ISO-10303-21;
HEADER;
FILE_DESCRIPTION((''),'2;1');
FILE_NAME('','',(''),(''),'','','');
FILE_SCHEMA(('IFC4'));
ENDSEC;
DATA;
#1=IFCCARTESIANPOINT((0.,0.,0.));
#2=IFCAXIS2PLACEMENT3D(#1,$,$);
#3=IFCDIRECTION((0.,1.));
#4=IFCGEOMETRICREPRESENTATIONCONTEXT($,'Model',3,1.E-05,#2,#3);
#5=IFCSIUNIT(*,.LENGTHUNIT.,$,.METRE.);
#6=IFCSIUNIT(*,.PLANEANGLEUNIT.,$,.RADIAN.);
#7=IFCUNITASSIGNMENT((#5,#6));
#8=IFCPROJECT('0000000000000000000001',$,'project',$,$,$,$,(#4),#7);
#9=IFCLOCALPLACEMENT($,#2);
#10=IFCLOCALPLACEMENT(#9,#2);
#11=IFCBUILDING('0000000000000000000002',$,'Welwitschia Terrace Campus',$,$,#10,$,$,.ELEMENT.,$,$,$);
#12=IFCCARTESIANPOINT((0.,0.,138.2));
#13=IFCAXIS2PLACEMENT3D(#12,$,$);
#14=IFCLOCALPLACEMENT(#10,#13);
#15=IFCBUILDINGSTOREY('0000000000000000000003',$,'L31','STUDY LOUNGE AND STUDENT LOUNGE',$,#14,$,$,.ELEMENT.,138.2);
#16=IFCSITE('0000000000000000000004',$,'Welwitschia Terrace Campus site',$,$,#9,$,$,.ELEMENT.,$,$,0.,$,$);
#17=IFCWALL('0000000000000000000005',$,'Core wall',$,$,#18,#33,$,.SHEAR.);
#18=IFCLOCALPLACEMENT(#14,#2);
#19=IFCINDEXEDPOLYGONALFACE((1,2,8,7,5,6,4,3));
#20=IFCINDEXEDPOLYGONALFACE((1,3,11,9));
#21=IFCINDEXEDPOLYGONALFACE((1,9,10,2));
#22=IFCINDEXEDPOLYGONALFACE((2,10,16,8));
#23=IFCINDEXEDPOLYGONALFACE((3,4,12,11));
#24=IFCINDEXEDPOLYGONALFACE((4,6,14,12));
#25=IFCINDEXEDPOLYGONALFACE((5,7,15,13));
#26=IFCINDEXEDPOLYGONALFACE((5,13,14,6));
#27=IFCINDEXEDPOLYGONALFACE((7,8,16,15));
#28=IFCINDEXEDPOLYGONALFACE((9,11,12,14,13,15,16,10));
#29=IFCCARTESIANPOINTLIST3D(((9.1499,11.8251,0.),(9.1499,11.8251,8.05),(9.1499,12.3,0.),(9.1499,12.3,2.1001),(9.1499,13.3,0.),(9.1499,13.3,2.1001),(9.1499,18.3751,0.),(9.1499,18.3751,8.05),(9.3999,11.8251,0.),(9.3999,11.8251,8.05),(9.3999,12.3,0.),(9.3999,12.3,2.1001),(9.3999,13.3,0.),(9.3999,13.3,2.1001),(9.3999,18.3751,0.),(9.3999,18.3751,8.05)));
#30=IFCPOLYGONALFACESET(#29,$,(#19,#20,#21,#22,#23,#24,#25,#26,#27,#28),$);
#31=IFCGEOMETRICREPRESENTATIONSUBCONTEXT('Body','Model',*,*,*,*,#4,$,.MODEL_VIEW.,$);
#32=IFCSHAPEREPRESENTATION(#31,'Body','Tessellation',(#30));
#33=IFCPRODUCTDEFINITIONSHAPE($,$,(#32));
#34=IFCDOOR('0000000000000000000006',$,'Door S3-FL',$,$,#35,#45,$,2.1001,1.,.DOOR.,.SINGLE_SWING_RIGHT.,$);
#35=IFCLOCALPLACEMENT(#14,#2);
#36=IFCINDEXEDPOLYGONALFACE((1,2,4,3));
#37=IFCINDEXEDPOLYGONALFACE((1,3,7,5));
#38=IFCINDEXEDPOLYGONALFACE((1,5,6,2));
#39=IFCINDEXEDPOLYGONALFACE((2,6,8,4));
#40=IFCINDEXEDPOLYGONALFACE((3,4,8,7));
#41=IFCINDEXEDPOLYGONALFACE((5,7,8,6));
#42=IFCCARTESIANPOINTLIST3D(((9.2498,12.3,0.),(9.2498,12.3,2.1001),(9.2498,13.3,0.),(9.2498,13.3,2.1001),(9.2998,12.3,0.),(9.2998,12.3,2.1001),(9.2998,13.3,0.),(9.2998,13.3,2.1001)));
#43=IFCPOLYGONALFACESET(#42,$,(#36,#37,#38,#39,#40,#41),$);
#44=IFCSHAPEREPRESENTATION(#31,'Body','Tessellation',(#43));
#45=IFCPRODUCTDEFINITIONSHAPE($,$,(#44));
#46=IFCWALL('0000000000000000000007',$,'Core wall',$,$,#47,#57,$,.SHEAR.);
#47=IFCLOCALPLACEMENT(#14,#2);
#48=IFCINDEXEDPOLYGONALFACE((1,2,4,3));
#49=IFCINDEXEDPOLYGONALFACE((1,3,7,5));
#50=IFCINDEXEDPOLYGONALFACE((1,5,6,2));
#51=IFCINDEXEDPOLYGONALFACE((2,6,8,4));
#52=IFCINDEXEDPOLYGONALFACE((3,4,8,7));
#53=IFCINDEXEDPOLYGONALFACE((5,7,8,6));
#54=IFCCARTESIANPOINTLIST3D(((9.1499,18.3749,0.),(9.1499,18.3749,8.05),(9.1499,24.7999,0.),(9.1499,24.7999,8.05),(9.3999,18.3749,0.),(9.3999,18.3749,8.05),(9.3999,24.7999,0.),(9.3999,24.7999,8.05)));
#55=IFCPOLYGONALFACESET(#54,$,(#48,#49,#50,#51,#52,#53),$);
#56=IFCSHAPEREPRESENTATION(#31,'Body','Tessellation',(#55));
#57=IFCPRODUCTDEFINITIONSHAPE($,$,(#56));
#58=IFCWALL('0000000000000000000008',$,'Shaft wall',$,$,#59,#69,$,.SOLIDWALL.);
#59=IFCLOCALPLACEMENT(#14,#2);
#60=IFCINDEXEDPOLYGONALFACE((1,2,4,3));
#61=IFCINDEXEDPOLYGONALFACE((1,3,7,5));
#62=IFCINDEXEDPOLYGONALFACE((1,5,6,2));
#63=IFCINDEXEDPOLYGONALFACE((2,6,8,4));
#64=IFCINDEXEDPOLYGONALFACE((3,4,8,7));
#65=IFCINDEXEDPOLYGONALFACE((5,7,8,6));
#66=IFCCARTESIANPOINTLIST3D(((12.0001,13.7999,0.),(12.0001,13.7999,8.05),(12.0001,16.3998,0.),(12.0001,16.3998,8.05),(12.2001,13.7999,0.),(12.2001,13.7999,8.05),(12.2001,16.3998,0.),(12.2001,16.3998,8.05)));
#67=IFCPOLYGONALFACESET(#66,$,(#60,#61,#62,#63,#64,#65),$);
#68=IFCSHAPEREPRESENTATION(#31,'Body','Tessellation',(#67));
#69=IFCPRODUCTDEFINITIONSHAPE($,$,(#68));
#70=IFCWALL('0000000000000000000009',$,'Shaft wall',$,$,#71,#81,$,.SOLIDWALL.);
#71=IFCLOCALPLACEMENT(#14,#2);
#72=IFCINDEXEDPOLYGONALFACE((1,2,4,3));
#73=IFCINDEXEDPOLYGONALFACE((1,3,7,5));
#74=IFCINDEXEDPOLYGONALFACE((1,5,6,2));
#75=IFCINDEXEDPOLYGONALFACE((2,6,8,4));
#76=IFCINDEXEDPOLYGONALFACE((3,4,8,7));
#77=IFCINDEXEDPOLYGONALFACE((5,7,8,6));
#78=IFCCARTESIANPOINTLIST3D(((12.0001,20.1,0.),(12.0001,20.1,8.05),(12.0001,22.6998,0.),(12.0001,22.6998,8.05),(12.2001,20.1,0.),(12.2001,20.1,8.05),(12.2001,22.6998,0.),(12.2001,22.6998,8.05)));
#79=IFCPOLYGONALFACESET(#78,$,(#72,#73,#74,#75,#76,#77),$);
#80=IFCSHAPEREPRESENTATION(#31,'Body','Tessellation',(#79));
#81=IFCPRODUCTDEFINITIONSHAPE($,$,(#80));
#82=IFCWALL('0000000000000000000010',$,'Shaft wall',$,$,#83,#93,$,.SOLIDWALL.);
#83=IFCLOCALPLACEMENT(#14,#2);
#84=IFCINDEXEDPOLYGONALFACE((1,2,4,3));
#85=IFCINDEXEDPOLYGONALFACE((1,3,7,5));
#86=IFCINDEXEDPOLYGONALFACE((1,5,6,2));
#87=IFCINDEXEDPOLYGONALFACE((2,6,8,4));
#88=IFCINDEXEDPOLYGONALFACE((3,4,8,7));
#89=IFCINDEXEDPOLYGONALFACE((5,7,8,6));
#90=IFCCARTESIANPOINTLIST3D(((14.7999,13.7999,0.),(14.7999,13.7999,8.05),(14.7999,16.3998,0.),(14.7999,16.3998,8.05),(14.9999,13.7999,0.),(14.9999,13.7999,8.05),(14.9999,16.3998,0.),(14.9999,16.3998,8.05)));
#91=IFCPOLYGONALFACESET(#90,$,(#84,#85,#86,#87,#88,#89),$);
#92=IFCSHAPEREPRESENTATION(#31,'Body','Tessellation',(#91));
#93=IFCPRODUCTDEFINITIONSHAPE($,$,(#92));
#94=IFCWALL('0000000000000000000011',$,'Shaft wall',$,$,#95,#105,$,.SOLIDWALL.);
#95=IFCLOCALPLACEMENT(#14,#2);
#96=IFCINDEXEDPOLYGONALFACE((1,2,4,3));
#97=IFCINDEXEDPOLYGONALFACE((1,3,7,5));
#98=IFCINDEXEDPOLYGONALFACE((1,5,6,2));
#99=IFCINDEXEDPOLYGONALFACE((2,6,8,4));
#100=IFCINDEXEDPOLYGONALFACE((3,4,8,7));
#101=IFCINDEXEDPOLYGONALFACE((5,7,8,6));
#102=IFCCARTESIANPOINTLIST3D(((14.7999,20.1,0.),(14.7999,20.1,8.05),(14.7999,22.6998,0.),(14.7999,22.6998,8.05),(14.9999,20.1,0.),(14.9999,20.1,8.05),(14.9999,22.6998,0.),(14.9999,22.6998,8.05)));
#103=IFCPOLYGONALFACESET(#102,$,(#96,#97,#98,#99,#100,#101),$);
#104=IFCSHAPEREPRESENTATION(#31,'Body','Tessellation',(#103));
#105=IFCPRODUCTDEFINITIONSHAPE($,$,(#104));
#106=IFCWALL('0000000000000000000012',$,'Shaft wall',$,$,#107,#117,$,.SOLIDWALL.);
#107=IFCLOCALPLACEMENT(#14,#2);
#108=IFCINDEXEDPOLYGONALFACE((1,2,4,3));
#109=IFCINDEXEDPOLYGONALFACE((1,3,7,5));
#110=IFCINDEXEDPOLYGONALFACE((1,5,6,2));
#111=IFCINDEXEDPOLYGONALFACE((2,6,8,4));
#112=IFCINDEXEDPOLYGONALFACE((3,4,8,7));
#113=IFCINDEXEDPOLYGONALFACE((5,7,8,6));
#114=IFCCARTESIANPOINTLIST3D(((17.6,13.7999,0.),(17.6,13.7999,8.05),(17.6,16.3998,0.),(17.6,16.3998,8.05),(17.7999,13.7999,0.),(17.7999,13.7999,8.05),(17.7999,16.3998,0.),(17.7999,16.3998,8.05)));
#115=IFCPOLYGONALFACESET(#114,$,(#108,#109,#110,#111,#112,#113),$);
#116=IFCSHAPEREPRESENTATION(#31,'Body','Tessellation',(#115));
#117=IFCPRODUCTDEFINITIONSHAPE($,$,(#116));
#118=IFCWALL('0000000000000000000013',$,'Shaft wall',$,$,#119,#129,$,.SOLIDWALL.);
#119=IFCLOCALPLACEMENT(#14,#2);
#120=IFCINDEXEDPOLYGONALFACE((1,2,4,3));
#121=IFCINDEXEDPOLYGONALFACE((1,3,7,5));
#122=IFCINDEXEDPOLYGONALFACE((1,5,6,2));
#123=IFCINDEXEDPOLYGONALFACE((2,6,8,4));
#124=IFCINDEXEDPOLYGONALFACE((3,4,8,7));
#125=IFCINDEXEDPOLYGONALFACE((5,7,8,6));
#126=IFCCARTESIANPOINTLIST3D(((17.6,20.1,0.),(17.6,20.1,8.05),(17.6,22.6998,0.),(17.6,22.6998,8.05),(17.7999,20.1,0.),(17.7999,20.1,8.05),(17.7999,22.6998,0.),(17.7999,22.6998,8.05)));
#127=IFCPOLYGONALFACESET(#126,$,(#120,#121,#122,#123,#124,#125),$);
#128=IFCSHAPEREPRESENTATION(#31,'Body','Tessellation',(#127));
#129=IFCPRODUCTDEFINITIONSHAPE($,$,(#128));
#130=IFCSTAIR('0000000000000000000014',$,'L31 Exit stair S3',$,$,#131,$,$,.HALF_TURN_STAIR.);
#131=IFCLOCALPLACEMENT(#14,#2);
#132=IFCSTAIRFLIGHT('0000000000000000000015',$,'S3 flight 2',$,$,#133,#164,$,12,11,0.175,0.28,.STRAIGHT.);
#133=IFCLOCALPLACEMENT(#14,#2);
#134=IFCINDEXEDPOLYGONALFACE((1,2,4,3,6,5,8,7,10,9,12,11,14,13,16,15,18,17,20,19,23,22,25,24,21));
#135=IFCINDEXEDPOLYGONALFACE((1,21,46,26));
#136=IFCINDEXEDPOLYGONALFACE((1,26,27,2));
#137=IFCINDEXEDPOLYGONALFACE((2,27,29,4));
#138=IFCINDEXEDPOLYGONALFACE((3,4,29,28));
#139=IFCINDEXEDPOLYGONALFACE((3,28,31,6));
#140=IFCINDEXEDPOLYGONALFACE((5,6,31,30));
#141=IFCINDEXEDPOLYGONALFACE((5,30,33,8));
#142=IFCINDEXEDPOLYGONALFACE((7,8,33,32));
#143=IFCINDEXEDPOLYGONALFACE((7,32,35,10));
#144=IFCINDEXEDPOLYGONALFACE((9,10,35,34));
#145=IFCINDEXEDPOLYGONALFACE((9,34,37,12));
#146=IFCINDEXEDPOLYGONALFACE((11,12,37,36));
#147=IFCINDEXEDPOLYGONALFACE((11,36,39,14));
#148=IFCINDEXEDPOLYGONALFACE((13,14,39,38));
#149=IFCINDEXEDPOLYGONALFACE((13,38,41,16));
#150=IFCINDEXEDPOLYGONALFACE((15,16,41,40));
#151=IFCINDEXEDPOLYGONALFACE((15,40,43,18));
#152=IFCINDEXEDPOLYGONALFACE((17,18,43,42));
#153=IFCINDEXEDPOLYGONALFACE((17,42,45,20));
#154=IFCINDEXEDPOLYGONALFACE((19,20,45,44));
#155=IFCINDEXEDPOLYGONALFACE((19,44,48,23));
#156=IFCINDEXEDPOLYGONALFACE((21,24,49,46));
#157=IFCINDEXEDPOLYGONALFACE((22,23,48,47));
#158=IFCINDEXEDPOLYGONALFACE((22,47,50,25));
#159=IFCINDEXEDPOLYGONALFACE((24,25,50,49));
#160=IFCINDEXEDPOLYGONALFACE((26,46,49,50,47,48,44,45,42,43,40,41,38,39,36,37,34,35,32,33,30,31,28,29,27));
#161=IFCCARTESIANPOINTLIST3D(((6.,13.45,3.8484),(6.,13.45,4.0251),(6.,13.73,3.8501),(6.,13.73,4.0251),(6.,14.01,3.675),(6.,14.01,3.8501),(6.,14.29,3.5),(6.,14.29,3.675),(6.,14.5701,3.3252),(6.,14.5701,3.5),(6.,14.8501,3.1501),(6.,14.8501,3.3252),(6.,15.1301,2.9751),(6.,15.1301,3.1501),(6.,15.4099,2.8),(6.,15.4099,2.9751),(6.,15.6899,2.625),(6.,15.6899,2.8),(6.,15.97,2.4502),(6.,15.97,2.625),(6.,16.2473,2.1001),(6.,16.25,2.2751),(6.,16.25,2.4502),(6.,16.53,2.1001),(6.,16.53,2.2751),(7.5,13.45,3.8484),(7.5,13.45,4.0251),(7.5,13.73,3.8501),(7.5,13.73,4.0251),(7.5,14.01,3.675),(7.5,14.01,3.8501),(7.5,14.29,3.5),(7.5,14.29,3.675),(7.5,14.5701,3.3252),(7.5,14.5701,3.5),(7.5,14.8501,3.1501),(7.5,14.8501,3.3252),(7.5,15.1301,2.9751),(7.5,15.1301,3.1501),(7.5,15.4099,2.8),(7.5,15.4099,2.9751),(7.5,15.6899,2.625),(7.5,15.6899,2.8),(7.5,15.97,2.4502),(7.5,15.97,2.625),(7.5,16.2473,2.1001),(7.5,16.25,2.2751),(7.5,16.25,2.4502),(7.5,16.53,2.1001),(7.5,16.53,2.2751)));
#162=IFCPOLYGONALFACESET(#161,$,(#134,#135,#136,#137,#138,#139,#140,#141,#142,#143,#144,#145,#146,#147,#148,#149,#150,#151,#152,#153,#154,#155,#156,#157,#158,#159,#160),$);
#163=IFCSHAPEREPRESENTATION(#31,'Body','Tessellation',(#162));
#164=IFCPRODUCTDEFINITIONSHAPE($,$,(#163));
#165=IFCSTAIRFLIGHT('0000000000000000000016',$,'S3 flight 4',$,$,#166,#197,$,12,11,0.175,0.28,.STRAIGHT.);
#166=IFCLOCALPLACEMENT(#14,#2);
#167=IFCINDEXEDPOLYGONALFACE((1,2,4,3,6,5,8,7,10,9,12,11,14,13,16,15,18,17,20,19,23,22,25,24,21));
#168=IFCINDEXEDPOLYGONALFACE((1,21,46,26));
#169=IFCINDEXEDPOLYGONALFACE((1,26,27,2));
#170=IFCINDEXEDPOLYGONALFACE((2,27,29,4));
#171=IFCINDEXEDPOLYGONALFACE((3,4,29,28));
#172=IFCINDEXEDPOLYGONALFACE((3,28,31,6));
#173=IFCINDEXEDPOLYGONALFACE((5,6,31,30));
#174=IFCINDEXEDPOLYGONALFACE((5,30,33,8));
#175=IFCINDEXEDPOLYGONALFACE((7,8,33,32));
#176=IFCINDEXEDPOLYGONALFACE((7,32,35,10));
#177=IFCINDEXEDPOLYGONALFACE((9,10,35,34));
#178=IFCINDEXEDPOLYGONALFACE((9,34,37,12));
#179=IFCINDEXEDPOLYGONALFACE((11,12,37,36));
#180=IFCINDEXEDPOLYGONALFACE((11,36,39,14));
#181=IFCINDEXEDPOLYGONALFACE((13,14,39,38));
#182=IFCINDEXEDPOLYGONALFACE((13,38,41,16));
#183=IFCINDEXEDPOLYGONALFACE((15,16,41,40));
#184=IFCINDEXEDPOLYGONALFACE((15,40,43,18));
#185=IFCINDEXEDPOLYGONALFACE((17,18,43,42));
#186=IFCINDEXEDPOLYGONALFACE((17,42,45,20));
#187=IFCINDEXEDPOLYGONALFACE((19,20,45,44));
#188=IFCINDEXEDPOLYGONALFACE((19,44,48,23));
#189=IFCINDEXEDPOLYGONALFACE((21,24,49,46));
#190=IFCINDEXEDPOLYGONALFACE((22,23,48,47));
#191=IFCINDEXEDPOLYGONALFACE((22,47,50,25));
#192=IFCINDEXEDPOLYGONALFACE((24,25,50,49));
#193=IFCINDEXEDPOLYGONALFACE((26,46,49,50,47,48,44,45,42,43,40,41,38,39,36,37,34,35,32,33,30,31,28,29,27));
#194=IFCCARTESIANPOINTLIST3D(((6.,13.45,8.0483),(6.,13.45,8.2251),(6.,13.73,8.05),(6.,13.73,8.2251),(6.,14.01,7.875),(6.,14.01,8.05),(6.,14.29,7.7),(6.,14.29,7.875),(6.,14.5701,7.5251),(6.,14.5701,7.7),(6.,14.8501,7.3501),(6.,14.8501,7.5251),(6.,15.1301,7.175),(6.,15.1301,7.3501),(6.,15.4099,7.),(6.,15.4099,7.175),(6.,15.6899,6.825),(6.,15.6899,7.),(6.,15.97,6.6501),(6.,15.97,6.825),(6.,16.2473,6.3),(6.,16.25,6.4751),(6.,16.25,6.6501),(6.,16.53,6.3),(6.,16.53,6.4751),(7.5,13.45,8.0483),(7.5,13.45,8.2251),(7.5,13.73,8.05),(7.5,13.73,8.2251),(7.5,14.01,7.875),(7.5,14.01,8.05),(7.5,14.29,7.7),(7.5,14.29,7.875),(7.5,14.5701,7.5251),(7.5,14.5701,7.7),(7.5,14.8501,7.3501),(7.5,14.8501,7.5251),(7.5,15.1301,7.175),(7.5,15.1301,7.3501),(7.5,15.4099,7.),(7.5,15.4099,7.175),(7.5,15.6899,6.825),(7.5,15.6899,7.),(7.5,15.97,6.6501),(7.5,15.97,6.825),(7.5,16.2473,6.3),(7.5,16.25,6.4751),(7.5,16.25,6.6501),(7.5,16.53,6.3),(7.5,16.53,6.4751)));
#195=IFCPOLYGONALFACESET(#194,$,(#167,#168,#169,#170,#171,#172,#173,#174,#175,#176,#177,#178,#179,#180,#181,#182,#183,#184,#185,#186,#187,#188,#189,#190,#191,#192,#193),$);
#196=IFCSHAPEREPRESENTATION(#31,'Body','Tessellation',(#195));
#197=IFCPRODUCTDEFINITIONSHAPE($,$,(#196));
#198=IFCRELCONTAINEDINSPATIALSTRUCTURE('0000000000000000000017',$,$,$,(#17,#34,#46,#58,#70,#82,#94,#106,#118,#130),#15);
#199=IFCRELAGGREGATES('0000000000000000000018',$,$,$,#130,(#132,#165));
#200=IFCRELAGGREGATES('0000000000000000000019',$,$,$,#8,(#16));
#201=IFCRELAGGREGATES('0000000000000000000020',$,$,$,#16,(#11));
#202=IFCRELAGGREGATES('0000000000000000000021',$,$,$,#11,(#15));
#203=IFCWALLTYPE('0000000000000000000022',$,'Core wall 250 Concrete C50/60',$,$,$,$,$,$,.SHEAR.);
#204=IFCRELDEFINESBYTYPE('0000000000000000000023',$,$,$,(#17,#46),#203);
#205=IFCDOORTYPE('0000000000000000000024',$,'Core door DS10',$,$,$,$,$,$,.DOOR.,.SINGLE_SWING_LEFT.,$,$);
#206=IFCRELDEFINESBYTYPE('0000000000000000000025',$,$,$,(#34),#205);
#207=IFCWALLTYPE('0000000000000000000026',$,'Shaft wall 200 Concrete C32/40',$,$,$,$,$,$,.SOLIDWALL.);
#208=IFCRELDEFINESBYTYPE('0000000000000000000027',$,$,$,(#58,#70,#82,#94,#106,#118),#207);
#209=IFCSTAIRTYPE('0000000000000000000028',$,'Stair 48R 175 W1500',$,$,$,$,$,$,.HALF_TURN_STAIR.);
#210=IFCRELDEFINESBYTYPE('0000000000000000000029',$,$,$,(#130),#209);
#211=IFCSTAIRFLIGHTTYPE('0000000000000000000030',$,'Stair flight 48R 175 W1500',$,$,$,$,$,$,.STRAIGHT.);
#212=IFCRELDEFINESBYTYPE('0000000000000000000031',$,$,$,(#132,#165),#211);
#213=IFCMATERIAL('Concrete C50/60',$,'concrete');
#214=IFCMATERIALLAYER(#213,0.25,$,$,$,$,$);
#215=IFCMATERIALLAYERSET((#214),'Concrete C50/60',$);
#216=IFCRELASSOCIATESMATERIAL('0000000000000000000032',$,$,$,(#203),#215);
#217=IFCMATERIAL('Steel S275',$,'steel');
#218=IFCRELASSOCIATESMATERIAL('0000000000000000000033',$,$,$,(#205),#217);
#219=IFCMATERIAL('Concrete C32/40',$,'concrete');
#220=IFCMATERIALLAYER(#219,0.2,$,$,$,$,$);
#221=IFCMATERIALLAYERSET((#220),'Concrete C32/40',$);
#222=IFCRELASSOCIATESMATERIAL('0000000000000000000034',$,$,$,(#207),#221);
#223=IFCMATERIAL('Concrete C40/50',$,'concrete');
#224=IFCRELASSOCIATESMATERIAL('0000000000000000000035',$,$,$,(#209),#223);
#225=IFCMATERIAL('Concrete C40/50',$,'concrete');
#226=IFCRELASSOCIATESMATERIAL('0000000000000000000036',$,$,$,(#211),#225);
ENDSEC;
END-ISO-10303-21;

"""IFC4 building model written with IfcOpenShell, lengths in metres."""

from ifc_helpers import new_model, si_unit, direction, frame, frame_2d, origin, place, context, subcontext, project, spatial, polyline, rectangle, outline, extrude, material, layer, layer_set, type_object, element, fill, aggregate, save


model = new_model("IFC4")

# Units and contexts
model_context = context("Model", 3, precision=1e-05, world=origin(), true_north=direction((0.0, 1.0)))
body_context = subcontext(model_context, "Body", "Model", "MODEL_VIEW")
ifc_project = project(units=[si_unit("LENGTHUNIT", "METRE"), si_unit("PLANEANGLEUNIT", "RADIAN")], contexts=[model_context])

# Site, building, storey
site_placement = place(None, origin())
site = spatial("IfcSite", under=ifc_project, at=site_placement, Name="Welwitschia Terrace Campus site", CompositionType="ELEMENT", RefElevation=0.0)
building_placement = place(site_placement, origin())
building = spatial("IfcBuilding", under=site, at=building_placement, Name="Welwitschia Terrace Campus", CompositionType="ELEMENT")
storey_placement = place(building_placement, frame((0.0, 0.0, 138.2)))
storey = spatial("IfcBuildingStorey", under=building, at=storey_placement, Name="L31", Description="STUDY LOUNGE AND STUDENT LOUNGE", CompositionType="ELEMENT", Elevation=138.2)

# Wall, opening, door
ifc_material_1 = material(Name="Concrete C50/60", Category="concrete")
ifc_layer_1 = layer(ifc_material_1, 0.25)
ifc_layer_set_1 = layer_set([ifc_layer_1], Name="Concrete C50/60")
wall_type_1 = type_object("IfcWallType", Name="Core wall 250 Concrete C50/60", PredefinedType="SHEAR", material=ifc_layer_set_1)
wall_1_placement = place(storey_placement, frame((9.2749, 18.375, 0.0), z_axis=(0.0, 0.0, 1.0), x_axis=(0.0, -1.0, 0.0)))
wall_1 = element("IfcWall", 1, at=wall_1_placement, inside=storey, type_object=wall_type_1, Name="Core wall", PredefinedType="SHEAR", context=body_context, shape_type="SweptSolid", body=[
    extrude(rectangle(XDim=6.55, YDim=0.25, at=frame_2d((3.2749, 0.0))), origin(), (0.0, 0.0, 1.0), 8.05),
])
opening_1_placement = place(wall_1_placement, frame((5.075, 0.0, 0.0)))
opening_1 = element("IfcOpeningElement", 2, at=opening_1_placement, cuts=wall_1, PredefinedType="OPENING", context=body_context, shape_type="SweptSolid", body=[
    extrude(rectangle(XDim=1.0, YDim=2.1001, at=frame_2d((0.5, 1.05))), frame((0.0, 0.135, 0.0), z_axis=(0.0, -1.0, 0.0), x_axis=(1.0, 0.0, 0.0)), (0.0, 0.0, 1.0), 0.27),
])
ifc_material_2 = material(Name="Steel S275", Category="steel")
door_type_1 = type_object("IfcDoorType", Name="Core door DS10", OperationType="SINGLE_SWING_LEFT", PredefinedType="DOOR", material=ifc_material_2)
door_1_placement = place(opening_1_placement, origin())
door_1 = element("IfcDoor", 3, at=door_1_placement, inside=storey, type_object=door_type_1, Name="Door S3-FL", OperationType="SINGLE_SWING_RIGHT", OverallHeight=2.1001, OverallWidth=1.0, PredefinedType="DOOR", context=body_context, shape_type="SweptSolid", body=[
    extrude(rectangle(XDim=1.0, YDim=2.1001, at=frame_2d((0.5, 1.05))), frame((0.0, 0.0249, 0.0), z_axis=(0.0, -1.0, 0.0), x_axis=(1.0, 0.0, 0.0)), (0.0, 0.0, 1.0), 0.05),
])
fill(opening_1, door_1)

# Walls
wall_2_placement = place(storey_placement, frame((9.2749, 18.375, 0.0), z_axis=(0.0, 0.0, 1.0), x_axis=(0.0, 1.0, 0.0)))
element("IfcWall", 4, at=wall_2_placement, inside=storey, type_object=wall_type_1, Name="Core wall", PredefinedType="SHEAR", context=body_context, shape_type="SweptSolid", body=[
    extrude(rectangle(XDim=6.425, YDim=0.25, at=frame_2d((3.2124, 0.0))), origin(), (0.0, 0.0, 1.0), 8.05),
])
ifc_material_3 = material(Name="Concrete C32/40", Category="concrete")
ifc_layer_2 = layer(ifc_material_3, 0.2)
ifc_layer_set_2 = layer_set([ifc_layer_2], Name="Concrete C32/40")
wall_type_2 = type_object("IfcWallType", Name="Shaft wall 200 Concrete C32/40", PredefinedType="SOLIDWALL", material=ifc_layer_set_2)
for number, where, z_axis, x_axis, name in (
    (5, (12.1001, 13.8, 0.0), (0.0, 0.0, 1.0), (0.0, 1.0, 0.0), "Shaft wall"),
    (6, (12.1001, 20.1001, 0.0), (0.0, 0.0, 1.0), (0.0, 1.0, 0.0), "Shaft wall"),
    (7, (14.8999, 13.8, 0.0), (0.0, 0.0, 1.0), (0.0, 1.0, 0.0), "Shaft wall"),
    (8, (14.8999, 20.1001, 0.0), (0.0, 0.0, 1.0), (0.0, 1.0, 0.0), "Shaft wall"),
    (9, (17.7, 13.8, 0.0), (0.0, 0.0, 1.0), (0.0, 1.0, 0.0), "Shaft wall"),
    (10, (17.7, 20.1001, 0.0), (0.0, 0.0, 1.0), (0.0, 1.0, 0.0), "Shaft wall"),
):
    element("IfcWall", number, at=place(storey_placement, frame(where, z_axis=z_axis, x_axis=x_axis)), inside=storey, type_object=wall_type_2, Name=name, PredefinedType="SOLIDWALL", context=body_context, shape_type="SweptSolid", body=[
        extrude(rectangle(XDim=2.5999, YDim=0.2, at=frame_2d((1.2998, 0.0))), origin(), (0.0, 0.0, 1.0), 8.05),
    ])

# Stair, stair flights
ifc_material_4 = material(Name="Concrete C40/50", Category="concrete")
stair_type = type_object("IfcStairType", Name="Stair 48R 175 W1500", PredefinedType="HALF_TURN_STAIR", material=ifc_material_4)
stair_1_placement = place(storey_placement, origin())
stair_1 = element("IfcStair", 11, at=stair_1_placement, inside=storey, type_object=stair_type, Name="L31 Exit stair S3", PredefinedType="HALF_TURN_STAIR")
ifc_material_5 = material(Name="Concrete C40/50", Category="concrete")
stair_flight_type = type_object("IfcStairFlightType", Name="Stair flight 48R 175 W1500", PredefinedType="STRAIGHT", material=ifc_material_5)
stair_flight_1_placement = place(storey_placement, frame((6.75, 16.53, 2.1001), z_axis=(0.0, 0.0, 1.0), x_axis=(0.0, -1.0, 0.0)))
stair_flight_1 = element("IfcStairFlight", 12, at=stair_flight_1_placement, type_object=stair_flight_type, Name="S3 flight 2", NumberOfRisers=12, NumberOfTreads=11, PredefinedType="STRAIGHT", RiserHeight=0.175, TreadLength=0.28, context=body_context, shape_type="SweptSolid", body=[
    extrude(outline(polyline([(0.0, 0.0), (0.0, 0.175), (0.28, 0.175), (0.28, 0.3501), (0.5601, 0.3501), (0.5601, 0.5249), (0.8401, 0.5249), (0.8401, 0.7), (1.1201, 0.7), (1.1201, 0.875), (1.3999, 0.875), (1.3999, 1.05), (1.6799, 1.05), (1.6799, 1.2251), (1.96, 1.2251), (1.96, 1.3999), (2.24, 1.3999), (2.24, 1.575), (2.52, 1.575), (2.52, 1.75), (2.8, 1.75), (2.8, 1.925), (3.0801, 1.925), (3.0801, 2.1001), (3.0801, 1.7483), (0.2827, 0.0), (0.0, 0.0)])), frame((0.0, 0.75, 0.0), z_axis=(0.0, -1.0, 0.0), x_axis=(1.0, 0.0, 0.0)), (0.0, 0.0, 1.0), 1.5),
])
stair_flight_2_placement = place(storey_placement, frame((6.75, 16.53, 6.3), z_axis=(0.0, 0.0, 1.0), x_axis=(0.0, -1.0, 0.0)))
stair_flight_2 = element("IfcStairFlight", 13, at=stair_flight_2_placement, type_object=stair_flight_type, Name="S3 flight 4", NumberOfRisers=12, NumberOfTreads=11, PredefinedType="STRAIGHT", RiserHeight=0.175, TreadLength=0.28, context=body_context, shape_type="SweptSolid", body=[
    extrude(outline(polyline([(0.0, 0.0), (0.0, 0.175), (0.28, 0.175), (0.28, 0.3501), (0.5601, 0.3501), (0.5601, 0.5249), (0.8401, 0.5249), (0.8401, 0.7), (1.1201, 0.7), (1.1201, 0.875), (1.3999, 0.875), (1.3999, 1.05), (1.6799, 1.05), (1.6799, 1.2251), (1.96, 1.2251), (1.96, 1.3999), (2.24, 1.3999), (2.24, 1.575), (2.52, 1.575), (2.52, 1.75), (2.8, 1.75), (2.8, 1.925), (3.0801, 1.925), (3.0801, 2.1001), (3.0801, 1.7483), (0.2827, 0.0), (0.0, 0.0)])), frame((0.0, 0.75, 0.0), z_axis=(0.0, -1.0, 0.0), x_axis=(1.0, 0.0, 0.0)), (0.0, 0.0, 1.0), 1.5),
])
aggregate(stair_1, [stair_flight_1, stair_flight_2])

save(model, "model.ifc")
